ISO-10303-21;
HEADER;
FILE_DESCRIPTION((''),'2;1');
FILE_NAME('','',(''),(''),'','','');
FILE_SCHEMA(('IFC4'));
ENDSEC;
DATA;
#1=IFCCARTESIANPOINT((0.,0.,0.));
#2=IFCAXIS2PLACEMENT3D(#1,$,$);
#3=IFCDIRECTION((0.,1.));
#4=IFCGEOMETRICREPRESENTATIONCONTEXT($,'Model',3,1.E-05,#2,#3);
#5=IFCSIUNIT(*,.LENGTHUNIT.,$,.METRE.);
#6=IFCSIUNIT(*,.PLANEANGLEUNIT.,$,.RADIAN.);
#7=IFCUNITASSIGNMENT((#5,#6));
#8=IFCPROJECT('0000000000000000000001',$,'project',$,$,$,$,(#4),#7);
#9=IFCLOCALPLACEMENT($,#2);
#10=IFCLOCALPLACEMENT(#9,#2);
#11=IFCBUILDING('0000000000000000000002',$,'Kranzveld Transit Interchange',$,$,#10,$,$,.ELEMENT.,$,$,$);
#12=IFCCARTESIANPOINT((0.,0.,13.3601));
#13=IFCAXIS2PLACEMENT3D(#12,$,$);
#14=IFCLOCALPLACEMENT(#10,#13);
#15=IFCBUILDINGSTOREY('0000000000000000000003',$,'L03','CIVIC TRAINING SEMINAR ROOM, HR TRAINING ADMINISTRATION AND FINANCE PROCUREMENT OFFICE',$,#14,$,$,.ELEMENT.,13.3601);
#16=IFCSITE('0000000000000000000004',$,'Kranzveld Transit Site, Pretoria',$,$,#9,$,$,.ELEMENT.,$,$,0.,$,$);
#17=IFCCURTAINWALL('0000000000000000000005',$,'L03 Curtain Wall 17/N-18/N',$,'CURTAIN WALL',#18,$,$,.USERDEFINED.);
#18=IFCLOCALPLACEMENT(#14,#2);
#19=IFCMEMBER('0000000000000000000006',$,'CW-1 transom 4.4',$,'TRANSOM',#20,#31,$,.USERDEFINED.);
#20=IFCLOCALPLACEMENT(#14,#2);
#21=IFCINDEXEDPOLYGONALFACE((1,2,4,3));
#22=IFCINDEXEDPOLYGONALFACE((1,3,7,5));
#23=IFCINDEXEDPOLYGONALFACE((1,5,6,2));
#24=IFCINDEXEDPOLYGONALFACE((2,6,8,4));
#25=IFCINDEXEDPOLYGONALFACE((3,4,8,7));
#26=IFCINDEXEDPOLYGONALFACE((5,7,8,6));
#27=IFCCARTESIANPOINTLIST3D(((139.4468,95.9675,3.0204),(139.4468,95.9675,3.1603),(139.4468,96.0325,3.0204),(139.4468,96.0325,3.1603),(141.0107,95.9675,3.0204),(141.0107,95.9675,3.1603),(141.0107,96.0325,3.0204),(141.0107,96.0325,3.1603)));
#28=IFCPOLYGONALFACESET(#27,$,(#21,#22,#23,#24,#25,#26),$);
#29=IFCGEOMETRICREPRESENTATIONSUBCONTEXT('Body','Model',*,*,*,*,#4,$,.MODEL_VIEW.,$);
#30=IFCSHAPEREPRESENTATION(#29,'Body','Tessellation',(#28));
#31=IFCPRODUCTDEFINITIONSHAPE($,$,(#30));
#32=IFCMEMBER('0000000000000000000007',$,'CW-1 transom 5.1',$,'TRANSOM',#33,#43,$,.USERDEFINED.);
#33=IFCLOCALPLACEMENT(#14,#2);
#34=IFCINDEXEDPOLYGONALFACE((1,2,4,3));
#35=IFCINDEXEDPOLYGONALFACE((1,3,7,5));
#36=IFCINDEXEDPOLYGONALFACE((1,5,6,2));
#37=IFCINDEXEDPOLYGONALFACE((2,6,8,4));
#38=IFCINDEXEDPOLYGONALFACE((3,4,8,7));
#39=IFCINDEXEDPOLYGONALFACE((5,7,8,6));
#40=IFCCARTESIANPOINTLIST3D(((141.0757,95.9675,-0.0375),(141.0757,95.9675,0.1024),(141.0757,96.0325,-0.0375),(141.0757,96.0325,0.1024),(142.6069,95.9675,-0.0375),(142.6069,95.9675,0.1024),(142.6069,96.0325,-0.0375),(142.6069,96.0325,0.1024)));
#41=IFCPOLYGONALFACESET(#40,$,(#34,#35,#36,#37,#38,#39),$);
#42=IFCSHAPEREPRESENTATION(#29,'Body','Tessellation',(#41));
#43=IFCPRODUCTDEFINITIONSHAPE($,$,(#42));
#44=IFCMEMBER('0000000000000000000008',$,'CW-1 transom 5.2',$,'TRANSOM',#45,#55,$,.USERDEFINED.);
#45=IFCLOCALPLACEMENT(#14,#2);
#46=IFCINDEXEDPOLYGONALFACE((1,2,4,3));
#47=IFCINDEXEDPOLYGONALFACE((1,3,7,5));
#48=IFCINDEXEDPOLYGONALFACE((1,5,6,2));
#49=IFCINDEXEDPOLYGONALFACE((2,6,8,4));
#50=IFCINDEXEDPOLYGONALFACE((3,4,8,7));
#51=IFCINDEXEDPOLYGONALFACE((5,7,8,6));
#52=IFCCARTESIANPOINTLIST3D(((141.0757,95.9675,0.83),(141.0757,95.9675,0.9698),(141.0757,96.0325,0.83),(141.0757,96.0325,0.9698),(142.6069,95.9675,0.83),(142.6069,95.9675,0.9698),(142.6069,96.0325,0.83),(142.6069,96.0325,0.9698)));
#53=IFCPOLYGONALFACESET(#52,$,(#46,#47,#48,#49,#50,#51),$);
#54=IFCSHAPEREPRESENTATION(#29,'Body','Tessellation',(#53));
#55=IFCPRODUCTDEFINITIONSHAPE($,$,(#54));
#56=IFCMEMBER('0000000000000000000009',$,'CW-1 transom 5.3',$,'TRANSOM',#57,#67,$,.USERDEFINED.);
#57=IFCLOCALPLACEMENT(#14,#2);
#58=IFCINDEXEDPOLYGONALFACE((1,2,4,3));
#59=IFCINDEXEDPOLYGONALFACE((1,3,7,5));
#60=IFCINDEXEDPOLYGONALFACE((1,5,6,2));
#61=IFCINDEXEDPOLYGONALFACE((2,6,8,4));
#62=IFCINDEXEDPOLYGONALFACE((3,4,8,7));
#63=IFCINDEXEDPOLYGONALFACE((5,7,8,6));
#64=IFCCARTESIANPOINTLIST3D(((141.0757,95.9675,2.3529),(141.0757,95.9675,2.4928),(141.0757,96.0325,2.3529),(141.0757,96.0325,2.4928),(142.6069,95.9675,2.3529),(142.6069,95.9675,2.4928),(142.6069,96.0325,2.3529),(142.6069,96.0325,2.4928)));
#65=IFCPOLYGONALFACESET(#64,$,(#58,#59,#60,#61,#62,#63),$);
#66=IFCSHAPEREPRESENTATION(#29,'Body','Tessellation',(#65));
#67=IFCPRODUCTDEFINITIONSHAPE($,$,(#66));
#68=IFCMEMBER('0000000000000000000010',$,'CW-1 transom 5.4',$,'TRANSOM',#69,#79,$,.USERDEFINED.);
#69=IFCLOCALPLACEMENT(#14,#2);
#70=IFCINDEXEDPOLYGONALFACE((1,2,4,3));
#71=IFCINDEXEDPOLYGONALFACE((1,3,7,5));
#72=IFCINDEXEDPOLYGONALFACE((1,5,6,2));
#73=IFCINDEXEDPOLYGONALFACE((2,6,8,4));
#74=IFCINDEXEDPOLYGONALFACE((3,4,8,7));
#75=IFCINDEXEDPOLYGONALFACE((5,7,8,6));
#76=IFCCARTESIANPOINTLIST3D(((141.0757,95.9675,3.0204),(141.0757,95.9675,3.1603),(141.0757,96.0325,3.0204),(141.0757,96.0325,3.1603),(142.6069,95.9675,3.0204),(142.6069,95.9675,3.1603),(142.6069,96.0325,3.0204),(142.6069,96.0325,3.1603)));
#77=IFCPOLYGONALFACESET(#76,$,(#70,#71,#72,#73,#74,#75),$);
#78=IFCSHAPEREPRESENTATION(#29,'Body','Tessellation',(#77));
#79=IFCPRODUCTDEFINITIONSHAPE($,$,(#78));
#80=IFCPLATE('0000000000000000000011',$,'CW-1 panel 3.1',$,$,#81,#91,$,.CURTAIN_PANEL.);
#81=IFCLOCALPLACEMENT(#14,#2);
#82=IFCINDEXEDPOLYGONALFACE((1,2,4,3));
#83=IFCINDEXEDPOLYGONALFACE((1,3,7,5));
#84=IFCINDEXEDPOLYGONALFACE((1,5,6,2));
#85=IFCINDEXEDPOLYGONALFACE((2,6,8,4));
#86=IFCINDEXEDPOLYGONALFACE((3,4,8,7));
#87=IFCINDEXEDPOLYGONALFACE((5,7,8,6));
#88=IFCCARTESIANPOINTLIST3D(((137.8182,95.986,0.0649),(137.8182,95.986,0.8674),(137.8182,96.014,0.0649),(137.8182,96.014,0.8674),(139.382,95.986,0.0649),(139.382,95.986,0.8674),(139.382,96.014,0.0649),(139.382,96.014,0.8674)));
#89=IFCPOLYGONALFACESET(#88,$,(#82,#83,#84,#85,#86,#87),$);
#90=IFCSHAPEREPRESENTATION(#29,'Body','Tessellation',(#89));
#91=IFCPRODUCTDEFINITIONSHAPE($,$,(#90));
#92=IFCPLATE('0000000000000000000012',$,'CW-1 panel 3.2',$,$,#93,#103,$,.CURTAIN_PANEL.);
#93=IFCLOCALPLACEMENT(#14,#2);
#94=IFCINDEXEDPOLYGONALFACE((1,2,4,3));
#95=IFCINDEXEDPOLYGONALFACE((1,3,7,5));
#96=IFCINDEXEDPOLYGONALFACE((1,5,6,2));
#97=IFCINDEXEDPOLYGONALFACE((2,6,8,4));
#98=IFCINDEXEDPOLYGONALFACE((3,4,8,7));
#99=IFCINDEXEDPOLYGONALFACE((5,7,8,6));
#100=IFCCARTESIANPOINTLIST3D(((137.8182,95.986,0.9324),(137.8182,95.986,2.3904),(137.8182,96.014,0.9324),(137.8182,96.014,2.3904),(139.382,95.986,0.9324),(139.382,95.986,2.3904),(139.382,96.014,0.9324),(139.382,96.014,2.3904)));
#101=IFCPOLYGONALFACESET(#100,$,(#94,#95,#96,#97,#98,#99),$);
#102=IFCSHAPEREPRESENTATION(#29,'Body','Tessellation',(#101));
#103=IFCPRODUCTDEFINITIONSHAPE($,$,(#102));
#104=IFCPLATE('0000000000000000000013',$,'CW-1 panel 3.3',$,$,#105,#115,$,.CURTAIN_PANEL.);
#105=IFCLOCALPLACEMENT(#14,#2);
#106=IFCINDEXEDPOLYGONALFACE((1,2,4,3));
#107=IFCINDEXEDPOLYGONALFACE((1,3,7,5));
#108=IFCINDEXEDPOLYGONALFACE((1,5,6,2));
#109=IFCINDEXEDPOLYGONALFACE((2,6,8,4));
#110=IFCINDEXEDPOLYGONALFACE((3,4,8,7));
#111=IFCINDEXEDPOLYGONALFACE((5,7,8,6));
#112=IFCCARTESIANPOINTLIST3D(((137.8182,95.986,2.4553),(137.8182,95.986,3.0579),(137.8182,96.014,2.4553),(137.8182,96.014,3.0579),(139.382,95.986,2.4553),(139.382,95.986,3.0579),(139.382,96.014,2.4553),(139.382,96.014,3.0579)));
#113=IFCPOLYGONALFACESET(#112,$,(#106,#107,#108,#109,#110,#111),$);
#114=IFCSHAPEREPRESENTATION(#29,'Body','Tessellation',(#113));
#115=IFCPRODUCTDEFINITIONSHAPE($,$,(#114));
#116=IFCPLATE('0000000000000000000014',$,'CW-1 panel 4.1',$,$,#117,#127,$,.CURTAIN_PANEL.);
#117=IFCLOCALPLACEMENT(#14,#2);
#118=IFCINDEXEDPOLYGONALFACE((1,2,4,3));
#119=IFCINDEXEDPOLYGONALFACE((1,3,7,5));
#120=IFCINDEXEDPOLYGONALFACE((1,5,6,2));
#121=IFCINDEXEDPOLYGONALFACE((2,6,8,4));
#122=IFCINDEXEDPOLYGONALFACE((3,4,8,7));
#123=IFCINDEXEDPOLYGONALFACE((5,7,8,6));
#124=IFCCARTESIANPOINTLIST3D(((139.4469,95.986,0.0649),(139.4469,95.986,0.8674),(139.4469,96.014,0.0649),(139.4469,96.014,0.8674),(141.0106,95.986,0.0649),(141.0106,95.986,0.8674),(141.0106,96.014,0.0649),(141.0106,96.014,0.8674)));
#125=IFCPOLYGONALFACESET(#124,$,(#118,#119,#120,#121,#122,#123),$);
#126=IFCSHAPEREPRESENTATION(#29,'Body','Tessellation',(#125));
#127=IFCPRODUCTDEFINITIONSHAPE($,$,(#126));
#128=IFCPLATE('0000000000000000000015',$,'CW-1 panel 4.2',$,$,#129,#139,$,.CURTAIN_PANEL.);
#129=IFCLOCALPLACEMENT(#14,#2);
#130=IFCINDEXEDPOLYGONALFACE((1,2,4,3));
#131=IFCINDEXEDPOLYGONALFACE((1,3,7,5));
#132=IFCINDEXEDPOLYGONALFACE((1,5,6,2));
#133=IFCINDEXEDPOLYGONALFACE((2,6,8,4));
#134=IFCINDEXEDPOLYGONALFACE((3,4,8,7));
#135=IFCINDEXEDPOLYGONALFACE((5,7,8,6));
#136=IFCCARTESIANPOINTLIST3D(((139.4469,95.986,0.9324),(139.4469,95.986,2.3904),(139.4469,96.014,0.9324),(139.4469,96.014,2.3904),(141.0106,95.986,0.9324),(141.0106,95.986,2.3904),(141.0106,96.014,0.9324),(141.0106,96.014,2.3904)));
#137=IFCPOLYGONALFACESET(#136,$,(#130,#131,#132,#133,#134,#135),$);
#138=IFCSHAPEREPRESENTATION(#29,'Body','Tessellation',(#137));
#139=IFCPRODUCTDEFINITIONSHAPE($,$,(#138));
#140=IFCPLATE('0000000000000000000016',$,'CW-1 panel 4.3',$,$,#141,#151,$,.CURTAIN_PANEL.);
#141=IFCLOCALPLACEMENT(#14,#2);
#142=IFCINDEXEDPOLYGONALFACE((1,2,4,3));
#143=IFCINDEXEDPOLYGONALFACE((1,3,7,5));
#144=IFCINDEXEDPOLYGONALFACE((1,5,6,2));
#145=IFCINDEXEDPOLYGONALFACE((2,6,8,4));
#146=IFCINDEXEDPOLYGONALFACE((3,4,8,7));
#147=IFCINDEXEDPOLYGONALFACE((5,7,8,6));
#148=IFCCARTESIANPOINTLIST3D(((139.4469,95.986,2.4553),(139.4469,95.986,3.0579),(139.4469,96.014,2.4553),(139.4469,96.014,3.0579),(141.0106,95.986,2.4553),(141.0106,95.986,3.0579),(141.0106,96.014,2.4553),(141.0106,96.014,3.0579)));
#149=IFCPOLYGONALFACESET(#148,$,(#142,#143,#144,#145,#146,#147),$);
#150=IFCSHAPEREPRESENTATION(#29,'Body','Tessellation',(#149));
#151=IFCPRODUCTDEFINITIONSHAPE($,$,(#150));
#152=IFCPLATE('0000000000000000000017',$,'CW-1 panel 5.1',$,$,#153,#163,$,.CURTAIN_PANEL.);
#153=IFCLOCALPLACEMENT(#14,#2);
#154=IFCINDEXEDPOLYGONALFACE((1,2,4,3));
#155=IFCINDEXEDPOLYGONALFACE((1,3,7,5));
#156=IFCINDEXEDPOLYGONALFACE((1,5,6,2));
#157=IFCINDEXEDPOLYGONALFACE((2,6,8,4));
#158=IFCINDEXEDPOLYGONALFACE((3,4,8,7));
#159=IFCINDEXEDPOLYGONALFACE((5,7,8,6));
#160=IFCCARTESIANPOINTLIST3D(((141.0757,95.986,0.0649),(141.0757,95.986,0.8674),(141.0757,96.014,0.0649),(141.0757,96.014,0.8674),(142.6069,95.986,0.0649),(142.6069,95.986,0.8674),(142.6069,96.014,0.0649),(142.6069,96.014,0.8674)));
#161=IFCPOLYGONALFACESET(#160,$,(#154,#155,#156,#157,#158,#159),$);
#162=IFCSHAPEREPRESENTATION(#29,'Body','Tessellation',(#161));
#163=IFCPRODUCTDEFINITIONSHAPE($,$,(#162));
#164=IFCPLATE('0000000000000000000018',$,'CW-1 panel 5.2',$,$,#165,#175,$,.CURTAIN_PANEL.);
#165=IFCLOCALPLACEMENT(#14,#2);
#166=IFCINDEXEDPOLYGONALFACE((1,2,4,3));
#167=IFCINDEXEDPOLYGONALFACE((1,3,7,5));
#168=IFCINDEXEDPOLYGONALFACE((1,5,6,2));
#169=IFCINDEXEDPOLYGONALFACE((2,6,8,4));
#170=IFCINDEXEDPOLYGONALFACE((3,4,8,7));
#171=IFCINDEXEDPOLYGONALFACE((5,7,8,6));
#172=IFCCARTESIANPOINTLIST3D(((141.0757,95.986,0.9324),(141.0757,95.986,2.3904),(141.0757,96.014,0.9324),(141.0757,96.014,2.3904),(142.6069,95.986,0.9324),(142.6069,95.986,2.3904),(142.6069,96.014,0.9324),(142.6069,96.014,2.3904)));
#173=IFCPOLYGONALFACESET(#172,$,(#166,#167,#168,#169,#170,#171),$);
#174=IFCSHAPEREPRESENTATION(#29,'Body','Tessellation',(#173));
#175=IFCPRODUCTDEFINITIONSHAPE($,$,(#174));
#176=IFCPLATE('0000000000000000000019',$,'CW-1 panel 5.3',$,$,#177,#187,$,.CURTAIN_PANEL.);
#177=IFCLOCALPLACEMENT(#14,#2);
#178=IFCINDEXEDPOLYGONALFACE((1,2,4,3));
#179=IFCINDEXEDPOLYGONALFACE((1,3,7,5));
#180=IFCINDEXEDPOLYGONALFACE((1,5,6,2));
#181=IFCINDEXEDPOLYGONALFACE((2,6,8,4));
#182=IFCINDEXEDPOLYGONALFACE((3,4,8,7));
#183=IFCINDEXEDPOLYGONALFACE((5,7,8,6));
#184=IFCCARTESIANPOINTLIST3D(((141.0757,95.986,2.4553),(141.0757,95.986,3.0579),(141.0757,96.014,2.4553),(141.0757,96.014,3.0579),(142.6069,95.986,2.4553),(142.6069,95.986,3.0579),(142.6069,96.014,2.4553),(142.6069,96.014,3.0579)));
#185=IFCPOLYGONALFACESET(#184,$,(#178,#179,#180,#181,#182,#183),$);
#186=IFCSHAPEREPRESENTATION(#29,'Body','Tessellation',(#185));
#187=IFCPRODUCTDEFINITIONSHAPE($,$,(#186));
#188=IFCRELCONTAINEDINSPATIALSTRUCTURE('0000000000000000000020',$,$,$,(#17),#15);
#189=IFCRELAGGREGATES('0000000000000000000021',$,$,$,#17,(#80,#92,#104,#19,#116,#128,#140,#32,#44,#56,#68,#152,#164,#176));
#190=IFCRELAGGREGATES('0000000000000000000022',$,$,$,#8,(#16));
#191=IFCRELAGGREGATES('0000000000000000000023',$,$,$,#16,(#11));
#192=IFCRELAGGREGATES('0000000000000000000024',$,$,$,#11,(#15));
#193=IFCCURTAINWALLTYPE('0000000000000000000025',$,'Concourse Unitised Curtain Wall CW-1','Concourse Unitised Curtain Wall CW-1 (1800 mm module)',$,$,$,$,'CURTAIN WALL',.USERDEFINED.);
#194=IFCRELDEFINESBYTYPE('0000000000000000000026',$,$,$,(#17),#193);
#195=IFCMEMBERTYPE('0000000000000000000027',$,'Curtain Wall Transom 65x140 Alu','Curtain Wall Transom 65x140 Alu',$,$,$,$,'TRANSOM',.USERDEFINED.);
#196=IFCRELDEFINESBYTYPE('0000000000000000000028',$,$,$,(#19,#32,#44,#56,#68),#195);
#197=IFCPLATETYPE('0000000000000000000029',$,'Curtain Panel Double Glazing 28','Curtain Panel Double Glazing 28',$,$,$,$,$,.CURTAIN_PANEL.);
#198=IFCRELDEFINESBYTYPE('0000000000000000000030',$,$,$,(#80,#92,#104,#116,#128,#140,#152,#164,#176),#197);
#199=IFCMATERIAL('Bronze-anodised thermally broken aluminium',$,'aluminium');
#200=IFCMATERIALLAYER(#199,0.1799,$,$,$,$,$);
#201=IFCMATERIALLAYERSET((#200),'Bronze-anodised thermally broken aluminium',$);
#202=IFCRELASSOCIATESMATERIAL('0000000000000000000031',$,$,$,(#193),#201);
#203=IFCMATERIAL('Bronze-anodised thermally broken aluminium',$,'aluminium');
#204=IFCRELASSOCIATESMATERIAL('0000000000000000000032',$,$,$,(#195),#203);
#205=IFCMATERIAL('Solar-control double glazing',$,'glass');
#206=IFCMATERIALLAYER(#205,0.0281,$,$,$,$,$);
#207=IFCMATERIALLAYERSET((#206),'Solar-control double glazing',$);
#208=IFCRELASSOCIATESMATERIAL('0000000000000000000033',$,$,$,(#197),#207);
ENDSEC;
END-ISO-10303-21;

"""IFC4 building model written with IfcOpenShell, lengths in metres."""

from ifc_helpers import new_model, si_unit, direction, frame, origin, origin_2d, place, context, subcontext, project, spatial, rectangle, extrude, material, layer, layer_set, material_profile, profile_set, type_object, element, aggregate, save


model = new_model("IFC4")

# Units and contexts
model_context = context("Model", 3, precision=1e-05, world=origin(), true_north=direction((0.0, 1.0)))
body_context = subcontext(model_context, "Body", "Model", "MODEL_VIEW")
ifc_project = project(units=[si_unit("LENGTHUNIT", "METRE"), si_unit("PLANEANGLEUNIT", "RADIAN")], contexts=[model_context])

# Site, building, storey
site_placement = place(None, origin())
site = spatial("IfcSite", under=ifc_project, at=site_placement, Name="Kranzveld Transit Site, Pretoria", CompositionType="ELEMENT", RefElevation=0.0)
building_placement = place(site_placement, origin())
building = spatial("IfcBuilding", under=site, at=building_placement, Name="Kranzveld Transit Interchange", CompositionType="ELEMENT")
storey_placement = place(building_placement, frame((0.0, 0.0, 13.3601)))
storey = spatial("IfcBuildingStorey", under=building, at=storey_placement, Name="L03", Description="CIVIC TRAINING SEMINAR ROOM, HR TRAINING ADMINISTRATION AND FINANCE PROCUREMENT OFFICE", CompositionType="ELEMENT", Elevation=13.3601)

# Curtain wall, members, plates
ifc_material_1 = material(Name="Bronze-anodised thermally broken aluminium", Category="aluminium")
ifc_layer_1 = layer(ifc_material_1, 0.1799)
ifc_layer_set_1 = layer_set([ifc_layer_1], Name="Bronze-anodised thermally broken aluminium")
curtain_wall_type = type_object("IfcCurtainWallType", Name="Concourse Unitised Curtain Wall CW-1", Description="Concourse Unitised Curtain Wall CW-1 (1800 mm module)", ElementType="CURTAIN WALL", PredefinedType="USERDEFINED", material=ifc_layer_set_1)
curtain_wall_placement = place(storey_placement, origin())
curtain_wall = element("IfcCurtainWall", 1, at=curtain_wall_placement, inside=storey, type_object=curtain_wall_type, Name="L03 Curtain Wall 17/N-18/N", ObjectType="CURTAIN WALL", PredefinedType="USERDEFINED")
ifc_material_2 = material(Name="Bronze-anodised thermally broken aluminium", Category="aluminium")
ifc_material_profile_1 = material_profile(ifc_material_2, rectangle(XDim=0.0649, YDim=0.1399, at=origin_2d()), Name="ALU TRANSOM 65x140")
ifc_profile_set_1 = profile_set([ifc_material_profile_1], Name="Bronze-anodised thermally broken aluminium")
member_type_1 = type_object("IfcMemberType", Name="Curtain Wall Transom 65x140 Alu", Description="Curtain Wall Transom 65x140 Alu", ElementType="TRANSOM", PredefinedType="USERDEFINED", material=ifc_profile_set_1)
member_1_placement = place(storey_placement, frame((139.4468, 96.0, 3.0903), z_axis=(1.0, 0.0, 0.0), x_axis=(0.0, 1.0, 0.0)))
member_1 = element("IfcMember", 2, at=member_1_placement, type_object=member_type_1, Name="CW-1 transom 4.4", ObjectType="TRANSOM", PredefinedType="USERDEFINED", context=body_context, shape_type="SweptSolid", body=[
    extrude(rectangle(XDim=0.0649, YDim=0.1399, at=origin_2d()), origin(), (0.0, 0.0, 1.0), 1.564),
])
member_2_placement = place(storey_placement, frame((141.0757, 96.0, 0.0325), z_axis=(1.0, 0.0, 0.0), x_axis=(0.0, 1.0, 0.0)))
member_2 = element("IfcMember", 3, at=member_2_placement, type_object=member_type_1, Name="CW-1 transom 5.1", ObjectType="TRANSOM", PredefinedType="USERDEFINED", context=body_context, shape_type="SweptSolid", body=[
    extrude(rectangle(XDim=0.0649, YDim=0.1399, at=origin_2d()), origin(), (0.0, 0.0, 1.0), 1.5312),
])
member_3_placement = place(storey_placement, frame((141.0757, 96.0, 0.8999), z_axis=(1.0, 0.0, 0.0), x_axis=(0.0, 1.0, 0.0)))
member_3 = element("IfcMember", 4, at=member_3_placement, type_object=member_type_1, Name="CW-1 transom 5.2", ObjectType="TRANSOM", PredefinedType="USERDEFINED", context=body_context, shape_type="SweptSolid", body=[
    extrude(rectangle(XDim=0.0649, YDim=0.1399, at=origin_2d()), origin(), (0.0, 0.0, 1.0), 1.5312),
])
member_4_placement = place(storey_placement, frame((141.0757, 96.0, 2.4229), z_axis=(1.0, 0.0, 0.0), x_axis=(0.0, 1.0, 0.0)))
member_4 = element("IfcMember", 5, at=member_4_placement, type_object=member_type_1, Name="CW-1 transom 5.3", ObjectType="TRANSOM", PredefinedType="USERDEFINED", context=body_context, shape_type="SweptSolid", body=[
    extrude(rectangle(XDim=0.0649, YDim=0.1399, at=origin_2d()), origin(), (0.0, 0.0, 1.0), 1.5312),
])
member_5_placement = place(storey_placement, frame((141.0757, 96.0, 3.0903), z_axis=(1.0, 0.0, 0.0), x_axis=(0.0, 1.0, 0.0)))
member_5 = element("IfcMember", 6, at=member_5_placement, type_object=member_type_1, Name="CW-1 transom 5.4", ObjectType="TRANSOM", PredefinedType="USERDEFINED", context=body_context, shape_type="SweptSolid", body=[
    extrude(rectangle(XDim=0.0649, YDim=0.1399, at=origin_2d()), origin(), (0.0, 0.0, 1.0), 1.5312),
])
ifc_material_3 = material(Name="Solar-control double glazing", Category="glass")
ifc_layer_2 = layer(ifc_material_3, 0.0281)
ifc_layer_set_2 = layer_set([ifc_layer_2], Name="Solar-control double glazing")
plate_type = type_object("IfcPlateType", Name="Curtain Panel Double Glazing 28", Description="Curtain Panel Double Glazing 28", PredefinedType="CURTAIN_PANEL", material=ifc_layer_set_2)
plate_1_placement = place(storey_placement, frame((138.6001, 96.0, 0.0649), z_axis=(0.0, 0.0, 1.0), x_axis=(1.0, 0.0, 0.0)))
plate_1 = element("IfcPlate", 7, at=plate_1_placement, type_object=plate_type, Name="CW-1 panel 3.1", PredefinedType="CURTAIN_PANEL", context=body_context, shape_type="SweptSolid", body=[
    extrude(rectangle(XDim=1.5637, YDim=0.0281, at=origin_2d()), origin(), (0.0, 0.0, 1.0), 0.8025),
])
plate_2_placement = place(storey_placement, frame((138.6001, 96.0, 0.9324), z_axis=(0.0, 0.0, 1.0), x_axis=(1.0, 0.0, 0.0)))
plate_2 = element("IfcPlate", 8, at=plate_2_placement, type_object=plate_type, Name="CW-1 panel 3.2", PredefinedType="CURTAIN_PANEL", context=body_context, shape_type="SweptSolid", body=[
    extrude(rectangle(XDim=1.5637, YDim=0.0281, at=origin_2d()), origin(), (0.0, 0.0, 1.0), 1.458),
])
plate_3_placement = place(storey_placement, frame((138.6001, 96.0, 2.4553), z_axis=(0.0, 0.0, 1.0), x_axis=(1.0, 0.0, 0.0)))
plate_3 = element("IfcPlate", 9, at=plate_3_placement, type_object=plate_type, Name="CW-1 panel 3.3", PredefinedType="CURTAIN_PANEL", context=body_context, shape_type="SweptSolid", body=[
    extrude(rectangle(XDim=1.5637, YDim=0.0281, at=origin_2d()), origin(), (0.0, 0.0, 1.0), 0.6025),
])
plate_4_placement = place(storey_placement, frame((140.2288, 96.0, 0.0649), z_axis=(0.0, 0.0, 1.0), x_axis=(1.0, 0.0, 0.0)))
plate_4 = element("IfcPlate", 10, at=plate_4_placement, type_object=plate_type, Name="CW-1 panel 4.1", PredefinedType="CURTAIN_PANEL", context=body_context, shape_type="SweptSolid", body=[
    extrude(rectangle(XDim=1.5637, YDim=0.0281, at=origin_2d()), origin(), (0.0, 0.0, 1.0), 0.8025),
])
plate_5_placement = place(storey_placement, frame((140.2288, 96.0, 0.9324), z_axis=(0.0, 0.0, 1.0), x_axis=(1.0, 0.0, 0.0)))
plate_5 = element("IfcPlate", 11, at=plate_5_placement, type_object=plate_type, Name="CW-1 panel 4.2", PredefinedType="CURTAIN_PANEL", context=body_context, shape_type="SweptSolid", body=[
    extrude(rectangle(XDim=1.5637, YDim=0.0281, at=origin_2d()), origin(), (0.0, 0.0, 1.0), 1.458),
])
plate_6_placement = place(storey_placement, frame((140.2288, 96.0, 2.4553), z_axis=(0.0, 0.0, 1.0), x_axis=(1.0, 0.0, 0.0)))
plate_6 = element("IfcPlate", 12, at=plate_6_placement, type_object=plate_type, Name="CW-1 panel 4.3", PredefinedType="CURTAIN_PANEL", context=body_context, shape_type="SweptSolid", body=[
    extrude(rectangle(XDim=1.5637, YDim=0.0281, at=origin_2d()), origin(), (0.0, 0.0, 1.0), 0.6025),
])
plate_7_placement = place(storey_placement, frame((141.8413, 96.0, 0.0649), z_axis=(0.0, 0.0, 1.0), x_axis=(1.0, 0.0, 0.0)))
plate_7 = element("IfcPlate", 13, at=plate_7_placement, type_object=plate_type, Name="CW-1 panel 5.1", PredefinedType="CURTAIN_PANEL", context=body_context, shape_type="SweptSolid", body=[
    extrude(rectangle(XDim=1.5312, YDim=0.0281, at=origin_2d()), origin(), (0.0, 0.0, 1.0), 0.8025),
])
plate_8_placement = place(storey_placement, frame((141.8413, 96.0, 0.9324), z_axis=(0.0, 0.0, 1.0), x_axis=(1.0, 0.0, 0.0)))
plate_8 = element("IfcPlate", 14, at=plate_8_placement, type_object=plate_type, Name="CW-1 panel 5.2", PredefinedType="CURTAIN_PANEL", context=body_context, shape_type="SweptSolid", body=[
    extrude(rectangle(XDim=1.5312, YDim=0.0281, at=origin_2d()), origin(), (0.0, 0.0, 1.0), 1.458),
])
plate_9_placement = place(storey_placement, frame((141.8413, 96.0, 2.4553), z_axis=(0.0, 0.0, 1.0), x_axis=(1.0, 0.0, 0.0)))
plate_9 = element("IfcPlate", 15, at=plate_9_placement, type_object=plate_type, Name="CW-1 panel 5.3", PredefinedType="CURTAIN_PANEL", context=body_context, shape_type="SweptSolid", body=[
    extrude(rectangle(XDim=1.5312, YDim=0.0281, at=origin_2d()), origin(), (0.0, 0.0, 1.0), 0.6025),
])
aggregate(curtain_wall, [plate_1, plate_2, plate_3, member_1, plate_4, plate_5, plate_6, member_2, member_3, member_4, member_5, plate_7, plate_8, plate_9])

save(model, "model.ifc")
